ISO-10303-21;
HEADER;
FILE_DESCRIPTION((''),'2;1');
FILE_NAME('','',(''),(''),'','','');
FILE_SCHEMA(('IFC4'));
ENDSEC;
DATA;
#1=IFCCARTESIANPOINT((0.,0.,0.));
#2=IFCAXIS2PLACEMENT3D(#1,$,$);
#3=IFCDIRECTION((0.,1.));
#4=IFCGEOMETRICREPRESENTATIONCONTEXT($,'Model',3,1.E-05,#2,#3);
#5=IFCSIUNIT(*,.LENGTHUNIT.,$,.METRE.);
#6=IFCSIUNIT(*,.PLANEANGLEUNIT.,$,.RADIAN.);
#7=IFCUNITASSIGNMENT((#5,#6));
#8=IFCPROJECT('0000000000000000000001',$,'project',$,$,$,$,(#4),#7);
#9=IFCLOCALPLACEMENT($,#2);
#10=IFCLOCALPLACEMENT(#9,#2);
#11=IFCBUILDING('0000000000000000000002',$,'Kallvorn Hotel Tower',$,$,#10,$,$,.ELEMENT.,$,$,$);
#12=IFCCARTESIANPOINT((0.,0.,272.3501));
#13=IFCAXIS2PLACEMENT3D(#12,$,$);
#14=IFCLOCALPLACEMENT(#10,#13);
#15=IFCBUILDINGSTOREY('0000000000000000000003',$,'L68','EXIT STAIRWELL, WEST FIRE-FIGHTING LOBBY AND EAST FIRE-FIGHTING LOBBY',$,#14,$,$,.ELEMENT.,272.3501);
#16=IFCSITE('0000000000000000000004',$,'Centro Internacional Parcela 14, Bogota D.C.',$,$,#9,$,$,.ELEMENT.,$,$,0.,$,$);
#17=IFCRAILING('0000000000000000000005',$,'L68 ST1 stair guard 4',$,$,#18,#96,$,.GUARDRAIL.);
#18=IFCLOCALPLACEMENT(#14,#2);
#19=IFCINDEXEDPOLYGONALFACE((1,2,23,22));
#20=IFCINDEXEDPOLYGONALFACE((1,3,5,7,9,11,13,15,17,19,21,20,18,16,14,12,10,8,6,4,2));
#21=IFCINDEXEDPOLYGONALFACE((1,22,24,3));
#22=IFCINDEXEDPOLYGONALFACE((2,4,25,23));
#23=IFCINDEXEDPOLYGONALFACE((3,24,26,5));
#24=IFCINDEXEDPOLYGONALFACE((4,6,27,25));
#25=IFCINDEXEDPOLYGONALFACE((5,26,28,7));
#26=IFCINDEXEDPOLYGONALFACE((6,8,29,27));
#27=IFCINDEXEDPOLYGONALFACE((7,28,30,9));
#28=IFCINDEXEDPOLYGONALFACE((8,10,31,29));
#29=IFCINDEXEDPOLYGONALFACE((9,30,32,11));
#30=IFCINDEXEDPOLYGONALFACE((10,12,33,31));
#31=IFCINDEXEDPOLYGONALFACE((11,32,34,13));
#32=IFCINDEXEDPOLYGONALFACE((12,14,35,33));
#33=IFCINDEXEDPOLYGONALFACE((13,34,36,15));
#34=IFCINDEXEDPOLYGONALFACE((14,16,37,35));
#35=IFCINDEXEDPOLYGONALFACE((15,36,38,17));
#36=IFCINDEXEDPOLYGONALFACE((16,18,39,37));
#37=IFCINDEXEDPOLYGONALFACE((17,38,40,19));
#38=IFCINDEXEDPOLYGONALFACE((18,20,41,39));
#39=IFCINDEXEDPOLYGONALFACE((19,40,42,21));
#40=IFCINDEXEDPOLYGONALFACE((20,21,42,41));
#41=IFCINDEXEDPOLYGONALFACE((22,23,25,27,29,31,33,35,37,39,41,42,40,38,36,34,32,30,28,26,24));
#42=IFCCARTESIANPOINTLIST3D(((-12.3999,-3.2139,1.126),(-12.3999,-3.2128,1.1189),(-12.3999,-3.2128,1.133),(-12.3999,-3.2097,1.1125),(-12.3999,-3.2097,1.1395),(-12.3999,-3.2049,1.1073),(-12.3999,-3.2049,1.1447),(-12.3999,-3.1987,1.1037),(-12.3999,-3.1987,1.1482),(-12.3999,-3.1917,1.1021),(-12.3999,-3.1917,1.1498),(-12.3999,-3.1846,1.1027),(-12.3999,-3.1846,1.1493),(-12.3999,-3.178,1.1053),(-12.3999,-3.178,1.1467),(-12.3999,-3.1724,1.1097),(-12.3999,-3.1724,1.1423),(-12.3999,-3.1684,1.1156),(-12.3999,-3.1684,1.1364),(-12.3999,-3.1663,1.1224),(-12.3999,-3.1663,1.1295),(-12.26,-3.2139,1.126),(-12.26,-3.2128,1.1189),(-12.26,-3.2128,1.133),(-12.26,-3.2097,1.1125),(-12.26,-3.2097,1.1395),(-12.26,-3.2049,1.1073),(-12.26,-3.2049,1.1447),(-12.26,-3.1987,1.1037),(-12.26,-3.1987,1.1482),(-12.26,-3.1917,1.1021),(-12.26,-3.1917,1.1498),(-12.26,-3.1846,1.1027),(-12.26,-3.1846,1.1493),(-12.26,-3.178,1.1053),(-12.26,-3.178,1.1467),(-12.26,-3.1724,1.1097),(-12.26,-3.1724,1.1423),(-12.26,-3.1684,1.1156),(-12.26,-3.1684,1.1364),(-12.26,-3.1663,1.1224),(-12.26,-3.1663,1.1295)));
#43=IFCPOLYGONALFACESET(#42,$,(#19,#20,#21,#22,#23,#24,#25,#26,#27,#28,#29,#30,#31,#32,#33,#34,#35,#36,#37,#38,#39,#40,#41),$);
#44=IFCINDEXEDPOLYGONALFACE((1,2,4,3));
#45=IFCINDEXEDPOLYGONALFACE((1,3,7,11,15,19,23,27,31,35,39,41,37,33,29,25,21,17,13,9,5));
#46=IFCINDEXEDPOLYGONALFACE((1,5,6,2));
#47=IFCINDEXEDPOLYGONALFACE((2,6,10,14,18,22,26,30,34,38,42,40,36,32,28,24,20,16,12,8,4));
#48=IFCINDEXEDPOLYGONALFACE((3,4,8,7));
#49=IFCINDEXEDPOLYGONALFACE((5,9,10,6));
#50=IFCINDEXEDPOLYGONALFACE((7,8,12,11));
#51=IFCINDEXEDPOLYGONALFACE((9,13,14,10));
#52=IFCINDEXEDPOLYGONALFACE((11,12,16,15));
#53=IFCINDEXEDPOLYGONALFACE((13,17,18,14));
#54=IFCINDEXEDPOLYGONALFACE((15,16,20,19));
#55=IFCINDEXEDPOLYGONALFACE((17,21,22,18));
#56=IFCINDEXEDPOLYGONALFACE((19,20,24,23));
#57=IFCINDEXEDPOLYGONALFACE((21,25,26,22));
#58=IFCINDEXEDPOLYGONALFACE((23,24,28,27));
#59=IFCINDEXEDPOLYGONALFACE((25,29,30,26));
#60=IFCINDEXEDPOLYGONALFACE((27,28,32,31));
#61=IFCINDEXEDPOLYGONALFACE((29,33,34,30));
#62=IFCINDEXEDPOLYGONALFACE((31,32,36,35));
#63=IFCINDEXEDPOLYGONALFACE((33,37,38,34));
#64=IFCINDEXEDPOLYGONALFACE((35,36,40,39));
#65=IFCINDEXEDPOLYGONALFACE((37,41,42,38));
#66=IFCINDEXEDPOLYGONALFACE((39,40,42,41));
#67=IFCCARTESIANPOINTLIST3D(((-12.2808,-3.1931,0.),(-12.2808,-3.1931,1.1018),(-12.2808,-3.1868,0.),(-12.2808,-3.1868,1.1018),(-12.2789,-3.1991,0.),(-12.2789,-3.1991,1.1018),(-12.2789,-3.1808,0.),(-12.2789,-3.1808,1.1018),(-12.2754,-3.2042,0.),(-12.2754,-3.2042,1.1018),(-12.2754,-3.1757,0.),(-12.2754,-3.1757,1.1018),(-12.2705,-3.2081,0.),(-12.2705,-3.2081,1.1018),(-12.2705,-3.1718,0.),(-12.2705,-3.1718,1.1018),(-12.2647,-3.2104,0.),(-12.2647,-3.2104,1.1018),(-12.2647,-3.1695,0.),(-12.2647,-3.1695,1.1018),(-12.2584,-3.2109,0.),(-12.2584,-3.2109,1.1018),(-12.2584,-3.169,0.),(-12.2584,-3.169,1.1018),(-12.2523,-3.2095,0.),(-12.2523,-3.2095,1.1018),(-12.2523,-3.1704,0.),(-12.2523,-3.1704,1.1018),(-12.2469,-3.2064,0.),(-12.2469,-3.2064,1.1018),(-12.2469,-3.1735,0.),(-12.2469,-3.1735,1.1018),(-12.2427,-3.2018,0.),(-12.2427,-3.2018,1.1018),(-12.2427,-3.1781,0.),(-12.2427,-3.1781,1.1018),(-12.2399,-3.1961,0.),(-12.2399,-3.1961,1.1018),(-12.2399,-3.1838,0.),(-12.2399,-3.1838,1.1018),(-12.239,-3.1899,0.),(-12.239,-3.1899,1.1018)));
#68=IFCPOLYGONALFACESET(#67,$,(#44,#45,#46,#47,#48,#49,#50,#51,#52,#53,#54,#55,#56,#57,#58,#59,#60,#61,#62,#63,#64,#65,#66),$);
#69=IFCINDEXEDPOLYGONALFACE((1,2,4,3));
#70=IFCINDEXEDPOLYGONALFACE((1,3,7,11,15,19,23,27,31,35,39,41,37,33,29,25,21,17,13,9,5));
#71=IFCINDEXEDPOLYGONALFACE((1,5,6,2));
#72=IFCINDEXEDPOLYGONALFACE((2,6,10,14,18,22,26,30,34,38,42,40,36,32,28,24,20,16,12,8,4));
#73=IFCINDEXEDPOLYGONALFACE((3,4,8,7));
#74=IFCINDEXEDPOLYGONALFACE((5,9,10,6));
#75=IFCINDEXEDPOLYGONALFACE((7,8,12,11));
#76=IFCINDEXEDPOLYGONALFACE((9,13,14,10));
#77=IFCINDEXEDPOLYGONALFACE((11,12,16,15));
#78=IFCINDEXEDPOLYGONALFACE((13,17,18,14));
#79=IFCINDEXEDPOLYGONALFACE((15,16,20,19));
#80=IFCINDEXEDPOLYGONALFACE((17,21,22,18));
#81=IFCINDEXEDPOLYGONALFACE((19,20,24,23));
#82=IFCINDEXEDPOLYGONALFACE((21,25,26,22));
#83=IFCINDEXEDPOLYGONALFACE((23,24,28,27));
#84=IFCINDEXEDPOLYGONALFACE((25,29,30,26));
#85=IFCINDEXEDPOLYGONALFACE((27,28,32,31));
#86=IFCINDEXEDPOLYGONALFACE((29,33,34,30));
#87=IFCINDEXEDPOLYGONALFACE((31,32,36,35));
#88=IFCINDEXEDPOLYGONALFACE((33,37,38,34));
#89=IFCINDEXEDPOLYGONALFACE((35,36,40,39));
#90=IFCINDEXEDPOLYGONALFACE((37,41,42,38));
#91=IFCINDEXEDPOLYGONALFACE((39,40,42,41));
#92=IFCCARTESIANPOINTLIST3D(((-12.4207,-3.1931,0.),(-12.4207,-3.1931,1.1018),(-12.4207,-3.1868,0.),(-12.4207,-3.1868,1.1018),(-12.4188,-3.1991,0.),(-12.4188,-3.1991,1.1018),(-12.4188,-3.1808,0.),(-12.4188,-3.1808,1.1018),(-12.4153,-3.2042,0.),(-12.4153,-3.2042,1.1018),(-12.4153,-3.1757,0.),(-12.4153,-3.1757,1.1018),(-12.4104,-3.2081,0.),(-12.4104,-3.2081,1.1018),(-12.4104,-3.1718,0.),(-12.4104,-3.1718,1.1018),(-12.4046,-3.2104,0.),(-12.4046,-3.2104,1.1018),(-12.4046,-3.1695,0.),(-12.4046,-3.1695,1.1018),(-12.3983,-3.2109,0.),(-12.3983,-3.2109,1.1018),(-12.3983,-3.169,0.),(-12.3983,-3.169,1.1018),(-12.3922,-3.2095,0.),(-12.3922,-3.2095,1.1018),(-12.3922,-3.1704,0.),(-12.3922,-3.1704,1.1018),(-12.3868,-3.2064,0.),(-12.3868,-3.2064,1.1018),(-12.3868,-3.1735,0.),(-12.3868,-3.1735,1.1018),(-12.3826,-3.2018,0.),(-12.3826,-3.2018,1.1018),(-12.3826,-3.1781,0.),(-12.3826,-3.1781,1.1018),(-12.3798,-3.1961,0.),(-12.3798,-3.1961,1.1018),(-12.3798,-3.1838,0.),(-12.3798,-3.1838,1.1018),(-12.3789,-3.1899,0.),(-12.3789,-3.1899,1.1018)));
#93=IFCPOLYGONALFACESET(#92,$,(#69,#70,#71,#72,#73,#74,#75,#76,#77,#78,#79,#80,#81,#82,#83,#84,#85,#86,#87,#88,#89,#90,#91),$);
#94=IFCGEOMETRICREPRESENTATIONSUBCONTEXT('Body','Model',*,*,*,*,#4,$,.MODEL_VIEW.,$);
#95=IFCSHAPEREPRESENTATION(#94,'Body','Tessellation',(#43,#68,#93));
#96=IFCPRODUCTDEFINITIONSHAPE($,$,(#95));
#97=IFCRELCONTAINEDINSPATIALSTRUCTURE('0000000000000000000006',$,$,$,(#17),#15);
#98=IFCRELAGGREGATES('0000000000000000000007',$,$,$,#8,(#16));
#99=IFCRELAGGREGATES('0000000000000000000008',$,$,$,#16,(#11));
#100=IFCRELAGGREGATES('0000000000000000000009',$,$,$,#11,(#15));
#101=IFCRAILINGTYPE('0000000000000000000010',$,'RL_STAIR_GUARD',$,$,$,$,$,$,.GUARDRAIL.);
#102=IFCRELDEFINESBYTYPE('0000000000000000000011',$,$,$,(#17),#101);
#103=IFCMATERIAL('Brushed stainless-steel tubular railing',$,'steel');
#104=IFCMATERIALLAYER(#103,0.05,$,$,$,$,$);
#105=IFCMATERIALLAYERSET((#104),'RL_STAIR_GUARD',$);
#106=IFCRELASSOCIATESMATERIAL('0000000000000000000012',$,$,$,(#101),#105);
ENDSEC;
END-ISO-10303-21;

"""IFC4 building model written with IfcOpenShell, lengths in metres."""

from ifc_helpers import new_model, si_unit, direction, frame, origin, origin_2d, place, context, subcontext, project, spatial, circle, extrude, material, layer, layer_set, type_object, element, save


model = new_model("IFC4")

# Units and contexts
model_context = context("Model", 3, precision=1e-05, world=origin(), true_north=direction((0.0, 1.0)))
body_context = subcontext(model_context, "Body", "Model", "MODEL_VIEW")
ifc_project = project(units=[si_unit("LENGTHUNIT", "METRE"), si_unit("PLANEANGLEUNIT", "RADIAN")], contexts=[model_context])

# Site, building, storey
site_placement = place(None, origin())
site = spatial("IfcSite", under=ifc_project, at=site_placement, Name="Centro Internacional Parcela 14, Bogota D.C.", CompositionType="ELEMENT", RefElevation=0.0)
building_placement = place(site_placement, origin())
building = spatial("IfcBuilding", under=site, at=building_placement, Name="Kallvorn Hotel Tower", CompositionType="ELEMENT")
storey_placement = place(building_placement, frame((0.0, 0.0, 272.3501)))
storey = spatial("IfcBuildingStorey", under=building, at=storey_placement, Name="L68", Description="EXIT STAIRWELL, WEST FIRE-FIGHTING LOBBY AND EAST FIRE-FIGHTING LOBBY", CompositionType="ELEMENT", Elevation=272.3501)

# Railing
ifc_material_1 = material(Name="Brushed stainless-steel tubular railing", Category="steel")
ifc_layer_1 = layer(ifc_material_1, 0.05)
ifc_layer_set_1 = layer_set([ifc_layer_1], Name="RL_STAIR_GUARD")
railing_type_1 = type_object("IfcRailingType", Name="RL_STAIR_GUARD", PredefinedType="GUARDRAIL", material=ifc_layer_set_1)
railing_1_placement = place(storey_placement, frame((-12.26, -3.1899, 0.0)))
element("IfcRailing", 1, at=railing_1_placement, inside=storey, type_object=railing_type_1, Name="L68 ST1 stair guard 4", PredefinedType="GUARDRAIL", context=body_context, shape_type="SweptSolid", body=[
    extrude(circle(Radius=0.0239, at=origin_2d()), frame((0.0, 0.0, 1.126), z_axis=(-1.0, 0.0, 0.0), x_axis=(0.0, -1.0, 0.0)), (0.0, 0.0, 1.0), 0.1399),
    extrude(circle(Radius=0.021, at=origin_2d()), origin(), (0.0, 0.0, 1.0), 1.1018),
    extrude(circle(Radius=0.021, at=origin_2d()), frame((-0.1399, 0.0, 0.0)), (0.0, 0.0, 1.0), 1.1018),
])

save(model, "model.ifc")
